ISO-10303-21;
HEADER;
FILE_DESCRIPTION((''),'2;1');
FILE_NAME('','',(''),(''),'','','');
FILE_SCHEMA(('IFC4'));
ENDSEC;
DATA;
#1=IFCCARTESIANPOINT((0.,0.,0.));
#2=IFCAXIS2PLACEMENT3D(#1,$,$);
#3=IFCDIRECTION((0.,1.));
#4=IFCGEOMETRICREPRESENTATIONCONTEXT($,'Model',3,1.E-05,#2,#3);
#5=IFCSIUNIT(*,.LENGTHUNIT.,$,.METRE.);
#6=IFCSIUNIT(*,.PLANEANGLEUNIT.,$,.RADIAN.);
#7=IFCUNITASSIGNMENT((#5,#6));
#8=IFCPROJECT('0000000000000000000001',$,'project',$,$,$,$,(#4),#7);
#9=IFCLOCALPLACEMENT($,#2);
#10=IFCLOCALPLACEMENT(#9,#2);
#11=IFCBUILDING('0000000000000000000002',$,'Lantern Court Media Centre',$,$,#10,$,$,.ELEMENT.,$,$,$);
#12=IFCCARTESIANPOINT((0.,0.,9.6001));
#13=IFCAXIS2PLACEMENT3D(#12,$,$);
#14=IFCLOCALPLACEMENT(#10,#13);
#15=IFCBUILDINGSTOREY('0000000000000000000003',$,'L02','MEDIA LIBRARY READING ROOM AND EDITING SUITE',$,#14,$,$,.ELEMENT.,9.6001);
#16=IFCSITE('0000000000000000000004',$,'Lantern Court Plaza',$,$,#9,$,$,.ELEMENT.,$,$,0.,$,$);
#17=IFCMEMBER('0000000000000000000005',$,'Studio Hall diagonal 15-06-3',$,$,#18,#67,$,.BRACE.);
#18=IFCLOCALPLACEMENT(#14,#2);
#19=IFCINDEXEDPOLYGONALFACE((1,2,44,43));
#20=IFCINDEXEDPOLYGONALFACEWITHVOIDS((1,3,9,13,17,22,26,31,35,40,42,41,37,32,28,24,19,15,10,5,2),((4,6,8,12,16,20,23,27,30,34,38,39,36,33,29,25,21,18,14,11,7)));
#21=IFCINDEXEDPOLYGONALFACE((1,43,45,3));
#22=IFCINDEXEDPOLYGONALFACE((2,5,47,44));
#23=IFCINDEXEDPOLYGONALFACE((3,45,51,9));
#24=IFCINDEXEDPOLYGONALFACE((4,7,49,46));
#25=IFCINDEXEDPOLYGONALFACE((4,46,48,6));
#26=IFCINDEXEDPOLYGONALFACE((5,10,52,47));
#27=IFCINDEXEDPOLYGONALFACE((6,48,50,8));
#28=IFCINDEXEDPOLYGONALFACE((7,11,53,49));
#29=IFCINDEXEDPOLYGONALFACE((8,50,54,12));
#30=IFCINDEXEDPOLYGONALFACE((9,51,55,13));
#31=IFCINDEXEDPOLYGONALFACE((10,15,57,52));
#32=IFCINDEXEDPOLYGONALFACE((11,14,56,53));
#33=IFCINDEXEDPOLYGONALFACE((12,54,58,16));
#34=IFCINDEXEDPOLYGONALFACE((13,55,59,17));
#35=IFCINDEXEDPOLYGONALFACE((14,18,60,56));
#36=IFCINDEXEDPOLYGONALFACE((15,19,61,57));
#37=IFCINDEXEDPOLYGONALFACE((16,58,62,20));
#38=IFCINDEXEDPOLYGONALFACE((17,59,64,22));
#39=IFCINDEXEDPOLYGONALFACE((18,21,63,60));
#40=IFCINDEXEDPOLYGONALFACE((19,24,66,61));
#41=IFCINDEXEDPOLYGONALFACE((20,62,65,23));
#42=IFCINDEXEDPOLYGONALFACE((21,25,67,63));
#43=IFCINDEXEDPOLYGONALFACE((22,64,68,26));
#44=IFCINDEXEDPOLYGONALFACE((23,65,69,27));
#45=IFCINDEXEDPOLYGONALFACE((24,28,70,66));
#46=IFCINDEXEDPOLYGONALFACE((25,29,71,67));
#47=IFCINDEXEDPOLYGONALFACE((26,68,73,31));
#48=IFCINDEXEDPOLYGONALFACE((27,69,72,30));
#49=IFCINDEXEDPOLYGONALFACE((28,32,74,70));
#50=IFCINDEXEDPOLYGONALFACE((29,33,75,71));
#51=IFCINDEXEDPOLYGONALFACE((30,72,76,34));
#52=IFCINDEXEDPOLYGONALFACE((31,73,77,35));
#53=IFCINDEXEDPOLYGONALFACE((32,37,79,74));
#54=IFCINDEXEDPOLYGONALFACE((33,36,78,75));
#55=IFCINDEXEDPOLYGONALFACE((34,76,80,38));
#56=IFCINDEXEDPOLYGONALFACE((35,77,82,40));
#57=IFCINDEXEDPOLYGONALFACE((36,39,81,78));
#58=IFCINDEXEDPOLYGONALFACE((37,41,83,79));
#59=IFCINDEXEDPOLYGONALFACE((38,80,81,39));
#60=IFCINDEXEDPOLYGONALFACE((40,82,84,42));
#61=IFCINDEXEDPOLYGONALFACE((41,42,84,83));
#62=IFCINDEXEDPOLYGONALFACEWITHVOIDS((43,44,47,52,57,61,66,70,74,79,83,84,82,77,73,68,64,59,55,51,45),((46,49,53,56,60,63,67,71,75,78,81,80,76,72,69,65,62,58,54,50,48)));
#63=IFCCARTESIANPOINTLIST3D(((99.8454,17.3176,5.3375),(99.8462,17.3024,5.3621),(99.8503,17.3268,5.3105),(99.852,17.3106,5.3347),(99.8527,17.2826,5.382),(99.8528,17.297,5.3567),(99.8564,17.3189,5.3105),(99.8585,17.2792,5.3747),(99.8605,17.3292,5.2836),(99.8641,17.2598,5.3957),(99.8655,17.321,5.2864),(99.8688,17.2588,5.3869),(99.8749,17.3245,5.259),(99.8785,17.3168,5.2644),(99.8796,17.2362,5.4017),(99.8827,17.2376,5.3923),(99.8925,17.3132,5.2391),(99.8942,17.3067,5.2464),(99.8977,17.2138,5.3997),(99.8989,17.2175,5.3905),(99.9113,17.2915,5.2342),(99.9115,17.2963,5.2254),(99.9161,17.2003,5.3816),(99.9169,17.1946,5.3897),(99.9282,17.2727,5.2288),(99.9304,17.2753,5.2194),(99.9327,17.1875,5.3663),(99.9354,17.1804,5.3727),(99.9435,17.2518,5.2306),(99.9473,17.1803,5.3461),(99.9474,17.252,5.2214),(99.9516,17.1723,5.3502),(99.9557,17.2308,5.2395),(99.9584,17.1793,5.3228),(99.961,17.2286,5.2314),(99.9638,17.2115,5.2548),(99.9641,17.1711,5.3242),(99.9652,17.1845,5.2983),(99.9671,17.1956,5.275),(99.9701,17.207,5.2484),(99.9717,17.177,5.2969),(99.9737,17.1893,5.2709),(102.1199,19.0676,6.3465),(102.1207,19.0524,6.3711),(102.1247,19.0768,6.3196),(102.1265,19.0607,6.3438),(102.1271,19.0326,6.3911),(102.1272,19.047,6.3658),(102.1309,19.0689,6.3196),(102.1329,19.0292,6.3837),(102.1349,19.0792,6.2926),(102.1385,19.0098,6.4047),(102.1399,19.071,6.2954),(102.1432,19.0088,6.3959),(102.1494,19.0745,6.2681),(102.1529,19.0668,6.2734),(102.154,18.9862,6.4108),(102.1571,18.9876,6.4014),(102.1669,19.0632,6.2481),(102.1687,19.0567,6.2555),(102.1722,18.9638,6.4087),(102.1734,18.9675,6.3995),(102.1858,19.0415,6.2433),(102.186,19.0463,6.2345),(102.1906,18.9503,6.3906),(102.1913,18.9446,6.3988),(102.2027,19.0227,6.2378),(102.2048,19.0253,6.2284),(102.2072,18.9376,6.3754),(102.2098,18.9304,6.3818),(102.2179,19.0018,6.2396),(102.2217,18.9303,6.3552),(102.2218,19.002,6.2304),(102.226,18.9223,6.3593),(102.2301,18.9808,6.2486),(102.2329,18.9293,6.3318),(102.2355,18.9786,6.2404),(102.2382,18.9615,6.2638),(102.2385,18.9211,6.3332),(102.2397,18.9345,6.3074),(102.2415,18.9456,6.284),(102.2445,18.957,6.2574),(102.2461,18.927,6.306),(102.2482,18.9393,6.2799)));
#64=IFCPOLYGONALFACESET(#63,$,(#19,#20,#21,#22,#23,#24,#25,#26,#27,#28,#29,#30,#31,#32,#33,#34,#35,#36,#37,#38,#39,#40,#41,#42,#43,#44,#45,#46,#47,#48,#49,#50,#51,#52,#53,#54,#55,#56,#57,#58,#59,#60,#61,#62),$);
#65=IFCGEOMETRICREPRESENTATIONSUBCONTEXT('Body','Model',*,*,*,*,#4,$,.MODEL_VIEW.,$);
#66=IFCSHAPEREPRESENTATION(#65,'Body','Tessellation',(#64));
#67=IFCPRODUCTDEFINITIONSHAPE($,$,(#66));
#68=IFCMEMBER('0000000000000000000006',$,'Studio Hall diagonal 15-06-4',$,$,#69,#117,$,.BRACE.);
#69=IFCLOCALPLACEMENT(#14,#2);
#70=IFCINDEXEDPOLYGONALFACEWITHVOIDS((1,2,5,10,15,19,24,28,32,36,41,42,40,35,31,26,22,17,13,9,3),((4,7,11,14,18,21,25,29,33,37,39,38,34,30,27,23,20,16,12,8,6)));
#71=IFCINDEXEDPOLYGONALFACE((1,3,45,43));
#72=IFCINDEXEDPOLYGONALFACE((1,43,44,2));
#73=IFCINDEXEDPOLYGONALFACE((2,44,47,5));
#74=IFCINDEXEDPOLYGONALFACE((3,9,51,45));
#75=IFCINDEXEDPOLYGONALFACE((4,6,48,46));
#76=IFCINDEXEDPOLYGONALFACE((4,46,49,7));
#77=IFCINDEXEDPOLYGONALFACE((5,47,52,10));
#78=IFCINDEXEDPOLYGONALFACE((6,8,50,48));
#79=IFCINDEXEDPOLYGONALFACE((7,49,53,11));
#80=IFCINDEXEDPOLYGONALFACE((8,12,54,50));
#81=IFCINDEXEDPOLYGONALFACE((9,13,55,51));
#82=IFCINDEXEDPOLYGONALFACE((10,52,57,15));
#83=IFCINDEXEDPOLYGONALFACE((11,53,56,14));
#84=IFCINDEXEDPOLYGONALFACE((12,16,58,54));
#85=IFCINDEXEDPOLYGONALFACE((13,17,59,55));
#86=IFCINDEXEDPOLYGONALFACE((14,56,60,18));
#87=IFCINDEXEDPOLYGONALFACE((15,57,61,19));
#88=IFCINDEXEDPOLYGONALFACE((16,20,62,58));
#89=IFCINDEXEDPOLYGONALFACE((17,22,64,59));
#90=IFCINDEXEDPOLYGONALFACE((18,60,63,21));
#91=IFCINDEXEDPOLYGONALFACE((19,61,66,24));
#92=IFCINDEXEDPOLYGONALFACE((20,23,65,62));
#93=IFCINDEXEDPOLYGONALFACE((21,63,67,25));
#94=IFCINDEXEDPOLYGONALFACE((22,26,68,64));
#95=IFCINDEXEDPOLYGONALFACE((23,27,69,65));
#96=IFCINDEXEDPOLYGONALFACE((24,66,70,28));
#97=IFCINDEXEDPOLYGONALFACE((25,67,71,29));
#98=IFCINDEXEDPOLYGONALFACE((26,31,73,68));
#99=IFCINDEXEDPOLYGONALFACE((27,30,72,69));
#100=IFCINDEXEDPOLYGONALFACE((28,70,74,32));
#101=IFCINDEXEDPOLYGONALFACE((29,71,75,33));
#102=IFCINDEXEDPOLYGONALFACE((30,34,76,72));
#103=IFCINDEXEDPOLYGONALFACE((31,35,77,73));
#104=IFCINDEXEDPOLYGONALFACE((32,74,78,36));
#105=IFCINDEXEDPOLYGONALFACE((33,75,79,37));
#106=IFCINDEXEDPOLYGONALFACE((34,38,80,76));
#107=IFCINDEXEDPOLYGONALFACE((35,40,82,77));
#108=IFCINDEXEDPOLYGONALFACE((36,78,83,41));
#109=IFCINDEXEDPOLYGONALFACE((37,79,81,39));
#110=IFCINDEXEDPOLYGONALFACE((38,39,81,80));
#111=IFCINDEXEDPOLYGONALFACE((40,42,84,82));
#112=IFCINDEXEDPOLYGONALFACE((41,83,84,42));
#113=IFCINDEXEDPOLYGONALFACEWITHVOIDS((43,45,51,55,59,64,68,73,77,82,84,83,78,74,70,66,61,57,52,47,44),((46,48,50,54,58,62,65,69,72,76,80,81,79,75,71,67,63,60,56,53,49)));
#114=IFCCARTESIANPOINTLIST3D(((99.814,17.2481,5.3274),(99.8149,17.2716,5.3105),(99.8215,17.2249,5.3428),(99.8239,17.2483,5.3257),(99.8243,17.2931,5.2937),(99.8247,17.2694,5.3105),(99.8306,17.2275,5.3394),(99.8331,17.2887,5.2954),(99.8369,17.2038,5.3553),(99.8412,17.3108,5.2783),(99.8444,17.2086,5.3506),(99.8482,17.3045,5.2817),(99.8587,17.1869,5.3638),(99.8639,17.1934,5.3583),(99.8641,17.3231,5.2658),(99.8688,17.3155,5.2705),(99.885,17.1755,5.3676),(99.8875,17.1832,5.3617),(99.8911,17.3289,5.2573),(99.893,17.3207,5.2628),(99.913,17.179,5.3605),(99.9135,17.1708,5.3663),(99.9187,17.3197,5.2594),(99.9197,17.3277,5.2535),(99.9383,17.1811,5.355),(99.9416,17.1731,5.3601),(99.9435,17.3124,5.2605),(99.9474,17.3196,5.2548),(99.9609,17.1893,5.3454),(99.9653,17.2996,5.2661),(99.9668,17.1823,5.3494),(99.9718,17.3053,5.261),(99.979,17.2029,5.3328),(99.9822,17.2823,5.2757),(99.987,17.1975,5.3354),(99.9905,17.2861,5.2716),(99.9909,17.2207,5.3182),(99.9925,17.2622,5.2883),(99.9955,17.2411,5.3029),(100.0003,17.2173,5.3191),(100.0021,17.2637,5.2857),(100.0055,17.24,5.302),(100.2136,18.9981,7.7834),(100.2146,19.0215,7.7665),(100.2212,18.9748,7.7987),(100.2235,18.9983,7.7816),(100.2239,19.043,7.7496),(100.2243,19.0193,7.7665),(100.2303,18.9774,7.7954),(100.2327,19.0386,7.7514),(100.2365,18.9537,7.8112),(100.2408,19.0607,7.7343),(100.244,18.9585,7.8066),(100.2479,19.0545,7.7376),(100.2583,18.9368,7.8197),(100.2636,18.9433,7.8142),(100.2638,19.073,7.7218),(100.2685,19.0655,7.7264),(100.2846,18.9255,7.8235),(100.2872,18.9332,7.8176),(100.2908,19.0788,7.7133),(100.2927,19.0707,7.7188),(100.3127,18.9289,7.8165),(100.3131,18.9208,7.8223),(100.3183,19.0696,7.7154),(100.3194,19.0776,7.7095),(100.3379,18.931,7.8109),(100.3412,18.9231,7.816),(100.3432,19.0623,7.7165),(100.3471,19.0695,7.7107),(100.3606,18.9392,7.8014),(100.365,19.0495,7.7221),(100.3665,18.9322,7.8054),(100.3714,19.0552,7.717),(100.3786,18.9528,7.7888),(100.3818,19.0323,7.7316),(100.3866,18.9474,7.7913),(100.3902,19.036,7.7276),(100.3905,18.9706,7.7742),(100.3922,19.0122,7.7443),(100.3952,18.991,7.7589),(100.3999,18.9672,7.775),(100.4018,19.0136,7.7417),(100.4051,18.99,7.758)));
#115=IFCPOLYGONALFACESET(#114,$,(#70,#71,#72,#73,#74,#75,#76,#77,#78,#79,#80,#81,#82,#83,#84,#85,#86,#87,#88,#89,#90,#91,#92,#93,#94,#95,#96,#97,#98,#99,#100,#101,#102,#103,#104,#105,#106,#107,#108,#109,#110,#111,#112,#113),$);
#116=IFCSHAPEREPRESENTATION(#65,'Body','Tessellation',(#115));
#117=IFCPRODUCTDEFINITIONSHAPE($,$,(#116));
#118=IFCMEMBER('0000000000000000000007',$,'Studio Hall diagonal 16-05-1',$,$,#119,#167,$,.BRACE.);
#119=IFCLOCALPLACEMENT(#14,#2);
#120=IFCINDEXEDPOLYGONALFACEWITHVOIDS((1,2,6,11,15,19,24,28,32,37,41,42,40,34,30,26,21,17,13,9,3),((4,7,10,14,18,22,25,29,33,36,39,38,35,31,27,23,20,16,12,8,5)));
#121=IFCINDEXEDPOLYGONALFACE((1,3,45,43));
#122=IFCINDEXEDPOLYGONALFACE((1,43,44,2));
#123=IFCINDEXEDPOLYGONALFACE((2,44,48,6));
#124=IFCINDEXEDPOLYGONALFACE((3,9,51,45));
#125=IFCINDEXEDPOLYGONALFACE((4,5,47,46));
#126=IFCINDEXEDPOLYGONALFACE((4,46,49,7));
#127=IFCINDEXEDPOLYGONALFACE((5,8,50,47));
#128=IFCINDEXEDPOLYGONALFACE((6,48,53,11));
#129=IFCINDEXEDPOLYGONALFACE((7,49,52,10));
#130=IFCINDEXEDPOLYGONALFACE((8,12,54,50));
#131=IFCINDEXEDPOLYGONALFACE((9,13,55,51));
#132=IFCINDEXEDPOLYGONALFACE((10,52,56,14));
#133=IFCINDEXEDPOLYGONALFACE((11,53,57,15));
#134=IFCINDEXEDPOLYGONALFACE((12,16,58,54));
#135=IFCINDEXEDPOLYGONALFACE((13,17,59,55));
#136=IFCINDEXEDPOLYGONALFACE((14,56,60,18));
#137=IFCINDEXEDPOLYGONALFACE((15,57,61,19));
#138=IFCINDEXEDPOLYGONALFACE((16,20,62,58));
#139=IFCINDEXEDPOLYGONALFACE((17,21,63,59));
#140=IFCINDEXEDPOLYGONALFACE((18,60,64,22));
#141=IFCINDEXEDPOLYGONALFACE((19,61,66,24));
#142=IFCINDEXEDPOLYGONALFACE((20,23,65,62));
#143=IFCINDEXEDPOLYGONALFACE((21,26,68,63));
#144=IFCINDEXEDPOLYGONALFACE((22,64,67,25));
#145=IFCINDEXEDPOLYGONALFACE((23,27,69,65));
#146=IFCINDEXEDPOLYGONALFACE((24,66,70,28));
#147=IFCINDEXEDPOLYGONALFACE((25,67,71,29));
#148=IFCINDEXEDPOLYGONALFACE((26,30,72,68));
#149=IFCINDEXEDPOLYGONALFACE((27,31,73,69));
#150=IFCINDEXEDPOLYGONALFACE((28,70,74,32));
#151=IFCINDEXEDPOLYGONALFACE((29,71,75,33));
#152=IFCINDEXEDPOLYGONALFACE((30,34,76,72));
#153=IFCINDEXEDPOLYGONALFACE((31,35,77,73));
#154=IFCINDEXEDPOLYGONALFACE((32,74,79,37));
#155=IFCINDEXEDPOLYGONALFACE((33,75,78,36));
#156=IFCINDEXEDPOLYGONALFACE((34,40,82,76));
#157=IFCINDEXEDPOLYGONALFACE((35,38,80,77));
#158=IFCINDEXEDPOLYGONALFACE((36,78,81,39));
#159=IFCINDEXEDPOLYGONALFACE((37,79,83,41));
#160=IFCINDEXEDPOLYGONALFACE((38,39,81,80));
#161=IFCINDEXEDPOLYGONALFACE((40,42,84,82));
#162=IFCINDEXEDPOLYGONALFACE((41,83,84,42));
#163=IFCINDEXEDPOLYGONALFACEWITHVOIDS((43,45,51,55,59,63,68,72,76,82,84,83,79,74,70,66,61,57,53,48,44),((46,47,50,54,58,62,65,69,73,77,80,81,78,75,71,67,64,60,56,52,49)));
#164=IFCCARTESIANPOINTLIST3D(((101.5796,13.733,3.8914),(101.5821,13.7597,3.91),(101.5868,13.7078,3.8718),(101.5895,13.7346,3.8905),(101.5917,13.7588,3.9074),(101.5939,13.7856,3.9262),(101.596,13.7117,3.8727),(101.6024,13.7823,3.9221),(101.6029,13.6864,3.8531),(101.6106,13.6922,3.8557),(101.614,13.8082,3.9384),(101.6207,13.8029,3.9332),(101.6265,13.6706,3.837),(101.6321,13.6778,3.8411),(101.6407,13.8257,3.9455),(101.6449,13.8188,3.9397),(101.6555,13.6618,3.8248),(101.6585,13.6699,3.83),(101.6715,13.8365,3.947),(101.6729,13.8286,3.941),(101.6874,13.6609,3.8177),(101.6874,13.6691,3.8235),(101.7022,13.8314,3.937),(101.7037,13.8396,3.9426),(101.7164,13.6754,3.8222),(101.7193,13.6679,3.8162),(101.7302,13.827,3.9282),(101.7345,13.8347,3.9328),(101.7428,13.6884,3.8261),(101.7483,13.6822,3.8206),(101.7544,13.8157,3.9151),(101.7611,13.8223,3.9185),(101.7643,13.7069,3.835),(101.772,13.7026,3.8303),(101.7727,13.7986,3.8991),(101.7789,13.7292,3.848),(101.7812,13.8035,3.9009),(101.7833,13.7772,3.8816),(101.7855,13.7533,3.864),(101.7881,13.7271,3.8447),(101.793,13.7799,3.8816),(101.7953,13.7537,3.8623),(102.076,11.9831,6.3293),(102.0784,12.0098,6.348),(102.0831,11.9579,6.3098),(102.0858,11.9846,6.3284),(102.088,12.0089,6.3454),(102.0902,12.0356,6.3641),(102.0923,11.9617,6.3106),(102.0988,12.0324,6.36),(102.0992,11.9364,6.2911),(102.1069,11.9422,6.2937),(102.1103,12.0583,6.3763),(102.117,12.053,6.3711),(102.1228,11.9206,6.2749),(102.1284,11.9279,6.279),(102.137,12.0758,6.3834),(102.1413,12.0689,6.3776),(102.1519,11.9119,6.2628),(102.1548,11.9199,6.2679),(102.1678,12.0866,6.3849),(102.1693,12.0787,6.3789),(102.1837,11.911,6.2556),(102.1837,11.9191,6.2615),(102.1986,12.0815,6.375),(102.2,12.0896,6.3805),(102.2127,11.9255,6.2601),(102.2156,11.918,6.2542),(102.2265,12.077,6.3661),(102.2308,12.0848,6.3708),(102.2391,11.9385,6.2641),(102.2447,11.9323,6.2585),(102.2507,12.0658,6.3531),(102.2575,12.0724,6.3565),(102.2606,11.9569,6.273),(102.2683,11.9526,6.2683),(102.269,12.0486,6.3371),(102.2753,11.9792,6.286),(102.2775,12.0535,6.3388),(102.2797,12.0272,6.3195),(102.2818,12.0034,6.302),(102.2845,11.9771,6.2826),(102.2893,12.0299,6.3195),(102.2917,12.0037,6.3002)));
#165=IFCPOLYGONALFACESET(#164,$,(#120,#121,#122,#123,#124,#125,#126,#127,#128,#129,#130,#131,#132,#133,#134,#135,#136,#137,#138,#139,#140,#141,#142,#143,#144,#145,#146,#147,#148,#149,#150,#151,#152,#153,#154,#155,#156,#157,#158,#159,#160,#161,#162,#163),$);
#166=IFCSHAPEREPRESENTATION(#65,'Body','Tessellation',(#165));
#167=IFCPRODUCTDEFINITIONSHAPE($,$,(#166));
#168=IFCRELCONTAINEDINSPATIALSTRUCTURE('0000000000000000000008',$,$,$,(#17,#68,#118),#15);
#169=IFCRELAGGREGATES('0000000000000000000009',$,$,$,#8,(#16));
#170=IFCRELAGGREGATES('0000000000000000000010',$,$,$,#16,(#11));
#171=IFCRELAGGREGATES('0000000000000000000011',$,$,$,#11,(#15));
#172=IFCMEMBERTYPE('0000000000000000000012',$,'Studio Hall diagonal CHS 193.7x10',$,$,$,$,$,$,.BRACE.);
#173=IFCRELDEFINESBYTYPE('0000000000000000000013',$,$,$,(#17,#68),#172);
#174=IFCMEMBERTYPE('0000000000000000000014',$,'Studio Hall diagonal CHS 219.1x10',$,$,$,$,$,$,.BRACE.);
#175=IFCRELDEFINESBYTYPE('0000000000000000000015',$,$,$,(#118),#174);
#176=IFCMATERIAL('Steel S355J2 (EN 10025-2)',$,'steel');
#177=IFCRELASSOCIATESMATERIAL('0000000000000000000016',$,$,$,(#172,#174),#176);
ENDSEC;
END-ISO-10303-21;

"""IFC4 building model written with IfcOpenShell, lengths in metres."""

from ifc_helpers import new_model, si_unit, direction, frame, origin, origin_2d, place, context, subcontext, project, spatial, hollow_circle, extrude, material, material_profile, profile_set, type_object, element, save


model = new_model("IFC4")

# Units and contexts
model_context = context("Model", 3, precision=1e-05, world=origin(), true_north=direction((0.0, 1.0)))
body_context = subcontext(model_context, "Body", "Model", "MODEL_VIEW")
ifc_project = project(units=[si_unit("LENGTHUNIT", "METRE"), si_unit("PLANEANGLEUNIT", "RADIAN")], contexts=[model_context])

# Site, building, storey
site_placement = place(None, origin())
site = spatial("IfcSite", under=ifc_project, at=site_placement, Name="Lantern Court Plaza", CompositionType="ELEMENT", RefElevation=0.0)
building_placement = place(site_placement, origin())
building = spatial("IfcBuilding", under=site, at=building_placement, Name="Lantern Court Media Centre", CompositionType="ELEMENT")
storey_placement = place(building_placement, frame((0.0, 0.0, 9.6001)))
storey = spatial("IfcBuildingStorey", under=building, at=storey_placement, Name="L02", Description="MEDIA LIBRARY READING ROOM AND EDITING SUITE", CompositionType="ELEMENT", Elevation=9.6001)

# Members
ifc_material_1 = material(Name="Steel S355J2 (EN 10025-2)", Category="steel")
ifc_material_profile_1 = material_profile(ifc_material_1, hollow_circle(Radius=0.0969, WallThickness=0.01, at=origin_2d()), Name="Studio Hall diagonal CHS 193.7x10")
ifc_profile_set_1 = profile_set([ifc_material_profile_1], Name="Steel S355J2 (EN 10025-2)")
member_type_1 = type_object("IfcMemberType", Name="Studio Hall diagonal CHS 193.7x10", PredefinedType="BRACE", material=ifc_profile_set_1)
for number, where, z_axis, x_axis, name in (
    (1, (99.9094, 17.25, 5.3105), (0.747677, 0.575284, 0.331703), (-0.609809, 0.792548, 0.0), "Studio Hall diagonal 15-06-3"),
    (2, (99.9094, 17.25, 5.3105), (0.131375, 0.575259, 0.807352), (-0.9749, 0.222644, 0.0), "Studio Hall diagonal 15-06-4"),
):
    element("IfcMember", number, at=place(storey_placement, frame(where, z_axis=z_axis, x_axis=x_axis)), inside=storey, type_object=member_type_1, Name=name, PredefinedType="BRACE", context=body_context, shape_type="SweptSolid", body=[
        extrude(hollow_circle(Radius=0.0969, WallThickness=0.01, at=origin_2d()), origin(), (0.0, 0.0, 1.0), 3.042),
    ])
ifc_material_profile_2 = material_profile(ifc_material_1, hollow_circle(Radius=0.1096, WallThickness=0.01, at=origin_2d()), Name="Studio Hall diagonal CHS 219.1x10")
ifc_profile_set_2 = profile_set([ifc_material_profile_2], Name="Steel S355J2 (EN 10025-2)")
member_type_2 = type_object("IfcMemberType", Name="Studio Hall diagonal CHS 219.1x10", PredefinedType="BRACE", material=ifc_profile_set_2)
member_1_placement = place(storey_placement, frame((101.6875, 13.75, 3.8816), z_axis=(0.163172, -0.575314, 0.801491), x_axis=(0.962054, 0.272859, 0.0)))
element("IfcMember", 3, at=member_1_placement, inside=storey, type_object=member_type_2, Name="Studio Hall diagonal 16-05-1", PredefinedType="BRACE", context=body_context, shape_type="SweptSolid", body=[
    extrude(hollow_circle(Radius=0.1096, WallThickness=0.01, at=origin_2d()), origin(), (0.0, 0.0, 1.0), 3.0417),
])

save(model, "model.ifc")
